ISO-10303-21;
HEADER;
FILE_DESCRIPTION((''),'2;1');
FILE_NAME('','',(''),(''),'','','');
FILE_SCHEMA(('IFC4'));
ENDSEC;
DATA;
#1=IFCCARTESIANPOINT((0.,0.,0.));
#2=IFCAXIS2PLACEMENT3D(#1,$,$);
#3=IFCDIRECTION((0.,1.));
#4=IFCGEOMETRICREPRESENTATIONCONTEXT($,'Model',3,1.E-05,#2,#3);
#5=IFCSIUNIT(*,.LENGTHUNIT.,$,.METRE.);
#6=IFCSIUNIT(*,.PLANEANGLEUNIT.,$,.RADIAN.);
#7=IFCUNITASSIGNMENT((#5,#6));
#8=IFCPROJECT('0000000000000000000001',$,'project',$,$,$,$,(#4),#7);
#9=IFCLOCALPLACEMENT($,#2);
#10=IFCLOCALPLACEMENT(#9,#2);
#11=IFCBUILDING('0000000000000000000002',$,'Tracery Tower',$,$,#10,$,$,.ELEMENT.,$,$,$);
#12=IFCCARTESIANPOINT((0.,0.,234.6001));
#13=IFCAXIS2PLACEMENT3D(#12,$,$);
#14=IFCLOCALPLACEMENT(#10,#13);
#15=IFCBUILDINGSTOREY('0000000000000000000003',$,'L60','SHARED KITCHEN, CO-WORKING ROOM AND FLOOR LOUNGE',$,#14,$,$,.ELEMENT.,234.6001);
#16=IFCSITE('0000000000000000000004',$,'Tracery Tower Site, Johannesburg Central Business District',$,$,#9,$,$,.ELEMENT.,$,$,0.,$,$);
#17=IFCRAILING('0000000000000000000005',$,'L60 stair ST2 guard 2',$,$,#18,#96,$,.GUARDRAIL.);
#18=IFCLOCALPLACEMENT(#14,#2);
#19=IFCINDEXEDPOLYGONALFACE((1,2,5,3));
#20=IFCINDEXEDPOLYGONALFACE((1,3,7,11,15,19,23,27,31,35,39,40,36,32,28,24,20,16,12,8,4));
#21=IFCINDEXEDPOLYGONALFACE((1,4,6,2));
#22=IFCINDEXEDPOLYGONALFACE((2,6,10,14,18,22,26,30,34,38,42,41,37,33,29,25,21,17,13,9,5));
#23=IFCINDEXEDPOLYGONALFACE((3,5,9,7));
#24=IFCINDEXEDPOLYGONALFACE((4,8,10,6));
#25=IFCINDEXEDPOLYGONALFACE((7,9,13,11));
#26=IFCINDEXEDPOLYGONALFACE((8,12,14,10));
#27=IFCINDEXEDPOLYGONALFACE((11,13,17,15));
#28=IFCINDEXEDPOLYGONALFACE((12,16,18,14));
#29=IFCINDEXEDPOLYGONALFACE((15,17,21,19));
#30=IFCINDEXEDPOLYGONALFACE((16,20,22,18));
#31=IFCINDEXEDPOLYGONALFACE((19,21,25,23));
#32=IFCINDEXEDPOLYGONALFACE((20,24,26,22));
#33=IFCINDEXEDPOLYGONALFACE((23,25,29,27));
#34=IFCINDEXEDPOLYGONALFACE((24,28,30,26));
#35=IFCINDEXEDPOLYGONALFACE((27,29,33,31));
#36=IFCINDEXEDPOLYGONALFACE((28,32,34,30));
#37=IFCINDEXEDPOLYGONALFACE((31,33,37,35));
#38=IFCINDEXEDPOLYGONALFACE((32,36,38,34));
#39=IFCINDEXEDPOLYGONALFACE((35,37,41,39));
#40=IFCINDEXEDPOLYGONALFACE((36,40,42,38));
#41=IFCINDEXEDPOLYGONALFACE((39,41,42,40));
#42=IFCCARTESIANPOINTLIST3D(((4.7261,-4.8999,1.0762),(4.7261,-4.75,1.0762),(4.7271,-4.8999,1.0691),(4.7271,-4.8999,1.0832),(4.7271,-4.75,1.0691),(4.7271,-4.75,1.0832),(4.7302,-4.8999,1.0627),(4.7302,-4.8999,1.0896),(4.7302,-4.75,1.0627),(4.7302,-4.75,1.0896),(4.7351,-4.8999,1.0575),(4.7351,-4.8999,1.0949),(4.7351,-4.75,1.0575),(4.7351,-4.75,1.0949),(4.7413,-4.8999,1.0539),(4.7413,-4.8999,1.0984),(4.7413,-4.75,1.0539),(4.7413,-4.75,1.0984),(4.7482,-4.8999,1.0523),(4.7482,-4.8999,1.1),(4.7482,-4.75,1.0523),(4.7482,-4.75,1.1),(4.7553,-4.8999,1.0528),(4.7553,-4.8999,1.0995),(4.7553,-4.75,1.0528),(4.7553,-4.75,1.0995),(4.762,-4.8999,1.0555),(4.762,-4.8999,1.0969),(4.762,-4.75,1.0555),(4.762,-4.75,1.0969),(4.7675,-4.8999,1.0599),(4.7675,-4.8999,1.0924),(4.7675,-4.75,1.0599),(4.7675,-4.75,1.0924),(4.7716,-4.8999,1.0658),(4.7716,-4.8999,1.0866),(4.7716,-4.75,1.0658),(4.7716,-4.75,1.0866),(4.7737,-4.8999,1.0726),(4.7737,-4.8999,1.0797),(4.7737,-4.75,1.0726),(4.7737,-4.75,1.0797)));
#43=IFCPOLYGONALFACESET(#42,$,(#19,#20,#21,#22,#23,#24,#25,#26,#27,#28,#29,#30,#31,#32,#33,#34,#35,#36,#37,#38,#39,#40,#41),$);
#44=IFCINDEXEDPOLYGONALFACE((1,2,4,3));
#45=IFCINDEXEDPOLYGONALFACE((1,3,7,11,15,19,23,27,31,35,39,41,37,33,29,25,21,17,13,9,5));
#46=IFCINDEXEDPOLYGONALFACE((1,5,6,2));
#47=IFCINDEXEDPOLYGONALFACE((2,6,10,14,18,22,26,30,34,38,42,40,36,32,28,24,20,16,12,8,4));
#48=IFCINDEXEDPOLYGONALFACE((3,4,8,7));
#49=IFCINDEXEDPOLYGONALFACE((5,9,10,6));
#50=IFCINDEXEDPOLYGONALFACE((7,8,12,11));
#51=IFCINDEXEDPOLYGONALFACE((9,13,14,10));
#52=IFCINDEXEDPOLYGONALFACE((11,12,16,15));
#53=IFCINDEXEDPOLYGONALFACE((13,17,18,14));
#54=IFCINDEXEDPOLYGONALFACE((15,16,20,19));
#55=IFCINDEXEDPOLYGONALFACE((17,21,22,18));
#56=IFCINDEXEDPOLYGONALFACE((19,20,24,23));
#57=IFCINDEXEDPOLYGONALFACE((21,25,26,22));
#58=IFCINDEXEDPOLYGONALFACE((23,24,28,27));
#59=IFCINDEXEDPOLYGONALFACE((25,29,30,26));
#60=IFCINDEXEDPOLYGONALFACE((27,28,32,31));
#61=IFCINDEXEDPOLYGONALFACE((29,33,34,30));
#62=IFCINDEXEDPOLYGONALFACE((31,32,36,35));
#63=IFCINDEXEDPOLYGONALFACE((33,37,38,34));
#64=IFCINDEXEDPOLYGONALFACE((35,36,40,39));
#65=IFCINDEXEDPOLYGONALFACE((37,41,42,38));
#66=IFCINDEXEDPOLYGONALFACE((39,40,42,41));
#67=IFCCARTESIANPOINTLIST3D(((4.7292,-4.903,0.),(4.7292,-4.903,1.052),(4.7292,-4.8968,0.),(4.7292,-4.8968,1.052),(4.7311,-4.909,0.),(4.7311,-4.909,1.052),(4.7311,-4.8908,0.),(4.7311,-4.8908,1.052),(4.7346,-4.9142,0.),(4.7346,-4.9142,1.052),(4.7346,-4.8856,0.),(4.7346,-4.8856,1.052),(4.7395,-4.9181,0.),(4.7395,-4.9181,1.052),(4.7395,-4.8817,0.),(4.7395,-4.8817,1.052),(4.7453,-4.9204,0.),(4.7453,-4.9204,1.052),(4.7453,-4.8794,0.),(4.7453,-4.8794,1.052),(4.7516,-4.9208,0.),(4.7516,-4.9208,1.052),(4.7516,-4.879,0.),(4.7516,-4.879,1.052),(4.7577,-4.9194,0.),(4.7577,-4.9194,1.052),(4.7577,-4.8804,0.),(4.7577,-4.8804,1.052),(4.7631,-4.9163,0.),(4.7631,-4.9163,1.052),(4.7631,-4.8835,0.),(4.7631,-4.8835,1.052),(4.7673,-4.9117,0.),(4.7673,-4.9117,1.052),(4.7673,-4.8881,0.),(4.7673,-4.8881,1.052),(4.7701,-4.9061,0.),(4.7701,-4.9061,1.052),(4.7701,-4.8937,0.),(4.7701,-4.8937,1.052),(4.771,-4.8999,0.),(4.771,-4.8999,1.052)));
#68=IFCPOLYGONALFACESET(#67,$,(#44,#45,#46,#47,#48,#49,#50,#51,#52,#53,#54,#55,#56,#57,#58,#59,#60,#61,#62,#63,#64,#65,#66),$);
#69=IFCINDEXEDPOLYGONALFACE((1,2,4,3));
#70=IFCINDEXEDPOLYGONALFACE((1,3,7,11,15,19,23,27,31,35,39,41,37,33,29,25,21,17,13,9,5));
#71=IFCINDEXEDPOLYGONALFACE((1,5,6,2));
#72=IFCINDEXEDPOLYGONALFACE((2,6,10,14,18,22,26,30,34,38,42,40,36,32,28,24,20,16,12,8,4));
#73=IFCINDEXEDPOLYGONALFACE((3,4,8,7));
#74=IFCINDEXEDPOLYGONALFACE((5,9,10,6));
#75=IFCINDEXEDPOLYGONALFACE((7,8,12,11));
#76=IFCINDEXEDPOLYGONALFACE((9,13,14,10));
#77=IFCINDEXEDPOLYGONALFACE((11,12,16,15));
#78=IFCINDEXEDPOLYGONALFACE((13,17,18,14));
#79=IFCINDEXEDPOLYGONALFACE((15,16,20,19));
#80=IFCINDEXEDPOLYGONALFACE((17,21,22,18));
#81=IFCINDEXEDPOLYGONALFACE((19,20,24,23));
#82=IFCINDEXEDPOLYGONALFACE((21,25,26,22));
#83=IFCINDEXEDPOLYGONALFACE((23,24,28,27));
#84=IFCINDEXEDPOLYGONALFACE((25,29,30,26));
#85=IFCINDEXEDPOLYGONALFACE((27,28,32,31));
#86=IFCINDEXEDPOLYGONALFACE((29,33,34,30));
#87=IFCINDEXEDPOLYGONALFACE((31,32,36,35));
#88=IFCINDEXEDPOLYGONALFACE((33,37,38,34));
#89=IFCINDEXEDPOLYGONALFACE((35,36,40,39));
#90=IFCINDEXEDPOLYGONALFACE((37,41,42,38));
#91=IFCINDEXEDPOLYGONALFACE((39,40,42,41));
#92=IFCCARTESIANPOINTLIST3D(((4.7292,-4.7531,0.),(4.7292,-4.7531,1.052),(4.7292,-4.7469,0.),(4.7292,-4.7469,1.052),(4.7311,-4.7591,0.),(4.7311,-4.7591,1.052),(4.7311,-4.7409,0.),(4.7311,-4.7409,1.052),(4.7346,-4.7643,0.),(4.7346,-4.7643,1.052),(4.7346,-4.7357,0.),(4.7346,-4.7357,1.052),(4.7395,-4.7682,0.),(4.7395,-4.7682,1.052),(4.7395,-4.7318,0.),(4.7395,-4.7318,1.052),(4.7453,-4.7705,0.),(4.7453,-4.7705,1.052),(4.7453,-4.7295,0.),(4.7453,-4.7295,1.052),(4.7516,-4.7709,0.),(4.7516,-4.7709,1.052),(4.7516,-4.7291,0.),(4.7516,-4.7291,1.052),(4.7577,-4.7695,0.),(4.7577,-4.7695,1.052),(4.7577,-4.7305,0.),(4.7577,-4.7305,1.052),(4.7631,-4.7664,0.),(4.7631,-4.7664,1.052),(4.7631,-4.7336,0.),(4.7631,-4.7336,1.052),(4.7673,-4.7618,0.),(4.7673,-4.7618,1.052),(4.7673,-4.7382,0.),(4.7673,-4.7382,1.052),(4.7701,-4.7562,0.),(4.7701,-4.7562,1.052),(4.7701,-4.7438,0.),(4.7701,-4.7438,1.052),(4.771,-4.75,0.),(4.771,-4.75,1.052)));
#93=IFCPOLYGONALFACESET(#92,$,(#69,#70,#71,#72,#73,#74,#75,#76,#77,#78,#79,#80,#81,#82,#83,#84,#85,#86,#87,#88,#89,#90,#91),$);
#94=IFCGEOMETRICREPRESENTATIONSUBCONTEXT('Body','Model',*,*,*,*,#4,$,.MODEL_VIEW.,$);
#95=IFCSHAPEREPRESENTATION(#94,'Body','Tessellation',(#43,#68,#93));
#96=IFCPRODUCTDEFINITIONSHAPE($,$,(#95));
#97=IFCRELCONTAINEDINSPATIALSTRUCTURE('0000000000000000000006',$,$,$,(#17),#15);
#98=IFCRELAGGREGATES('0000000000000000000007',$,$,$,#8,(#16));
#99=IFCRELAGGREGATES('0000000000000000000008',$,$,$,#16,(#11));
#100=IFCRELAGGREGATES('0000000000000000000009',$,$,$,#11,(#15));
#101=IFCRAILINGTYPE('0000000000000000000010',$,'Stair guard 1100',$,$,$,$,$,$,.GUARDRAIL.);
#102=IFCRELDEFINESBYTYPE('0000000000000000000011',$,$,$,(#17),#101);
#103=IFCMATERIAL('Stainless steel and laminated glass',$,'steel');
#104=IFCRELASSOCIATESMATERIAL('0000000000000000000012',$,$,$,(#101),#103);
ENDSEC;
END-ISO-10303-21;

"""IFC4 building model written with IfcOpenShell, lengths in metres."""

from ifc_helpers import new_model, si_unit, direction, frame, origin, origin_2d, place, context, subcontext, project, spatial, circle, extrude, material, type_object, element, save


model = new_model("IFC4")

# Units and contexts
model_context = context("Model", 3, precision=1e-05, world=origin(), true_north=direction((0.0, 1.0)))
body_context = subcontext(model_context, "Body", "Model", "MODEL_VIEW")
ifc_project = project(units=[si_unit("LENGTHUNIT", "METRE"), si_unit("PLANEANGLEUNIT", "RADIAN")], contexts=[model_context])

# Site, building, storey
site_placement = place(None, origin())
site = spatial("IfcSite", under=ifc_project, at=site_placement, Name="Tracery Tower Site, Johannesburg Central Business District", CompositionType="ELEMENT", RefElevation=0.0)
building_placement = place(site_placement, origin())
building = spatial("IfcBuilding", under=site, at=building_placement, Name="Tracery Tower", CompositionType="ELEMENT")
storey_placement = place(building_placement, frame((0.0, 0.0, 234.6001)))
storey = spatial("IfcBuildingStorey", under=building, at=storey_placement, Name="L60", Description="SHARED KITCHEN, CO-WORKING ROOM AND FLOOR LOUNGE", CompositionType="ELEMENT", Elevation=234.6001)

# Railing
ifc_material_1 = material(Name="Stainless steel and laminated glass", Category="steel")
railing_type_1 = type_object("IfcRailingType", Name="Stair guard 1100", PredefinedType="GUARDRAIL", material=ifc_material_1)
railing_1_placement = place(storey_placement, frame((4.75, -4.8999, 0.0)))
element("IfcRailing", 1, at=railing_1_placement, inside=storey, type_object=railing_type_1, Name="L60 stair ST2 guard 2", PredefinedType="GUARDRAIL", context=body_context, shape_type="SweptSolid", body=[
    extrude(circle(Radius=0.0239, at=origin_2d()), frame((0.0, 0.0, 1.0762), z_axis=(0.0, 1.0, 0.0), x_axis=(-1.0, 0.0, 0.0)), (0.0, 0.0, 1.0), 0.1499),
    extrude(circle(Radius=0.021, at=origin_2d()), origin(), (0.0, 0.0, 1.0), 1.052),
    extrude(circle(Radius=0.021, at=origin_2d()), frame((0.0, 0.1499, 0.0)), (0.0, 0.0, 1.0), 1.052),
])

save(model, "model.ifc")
